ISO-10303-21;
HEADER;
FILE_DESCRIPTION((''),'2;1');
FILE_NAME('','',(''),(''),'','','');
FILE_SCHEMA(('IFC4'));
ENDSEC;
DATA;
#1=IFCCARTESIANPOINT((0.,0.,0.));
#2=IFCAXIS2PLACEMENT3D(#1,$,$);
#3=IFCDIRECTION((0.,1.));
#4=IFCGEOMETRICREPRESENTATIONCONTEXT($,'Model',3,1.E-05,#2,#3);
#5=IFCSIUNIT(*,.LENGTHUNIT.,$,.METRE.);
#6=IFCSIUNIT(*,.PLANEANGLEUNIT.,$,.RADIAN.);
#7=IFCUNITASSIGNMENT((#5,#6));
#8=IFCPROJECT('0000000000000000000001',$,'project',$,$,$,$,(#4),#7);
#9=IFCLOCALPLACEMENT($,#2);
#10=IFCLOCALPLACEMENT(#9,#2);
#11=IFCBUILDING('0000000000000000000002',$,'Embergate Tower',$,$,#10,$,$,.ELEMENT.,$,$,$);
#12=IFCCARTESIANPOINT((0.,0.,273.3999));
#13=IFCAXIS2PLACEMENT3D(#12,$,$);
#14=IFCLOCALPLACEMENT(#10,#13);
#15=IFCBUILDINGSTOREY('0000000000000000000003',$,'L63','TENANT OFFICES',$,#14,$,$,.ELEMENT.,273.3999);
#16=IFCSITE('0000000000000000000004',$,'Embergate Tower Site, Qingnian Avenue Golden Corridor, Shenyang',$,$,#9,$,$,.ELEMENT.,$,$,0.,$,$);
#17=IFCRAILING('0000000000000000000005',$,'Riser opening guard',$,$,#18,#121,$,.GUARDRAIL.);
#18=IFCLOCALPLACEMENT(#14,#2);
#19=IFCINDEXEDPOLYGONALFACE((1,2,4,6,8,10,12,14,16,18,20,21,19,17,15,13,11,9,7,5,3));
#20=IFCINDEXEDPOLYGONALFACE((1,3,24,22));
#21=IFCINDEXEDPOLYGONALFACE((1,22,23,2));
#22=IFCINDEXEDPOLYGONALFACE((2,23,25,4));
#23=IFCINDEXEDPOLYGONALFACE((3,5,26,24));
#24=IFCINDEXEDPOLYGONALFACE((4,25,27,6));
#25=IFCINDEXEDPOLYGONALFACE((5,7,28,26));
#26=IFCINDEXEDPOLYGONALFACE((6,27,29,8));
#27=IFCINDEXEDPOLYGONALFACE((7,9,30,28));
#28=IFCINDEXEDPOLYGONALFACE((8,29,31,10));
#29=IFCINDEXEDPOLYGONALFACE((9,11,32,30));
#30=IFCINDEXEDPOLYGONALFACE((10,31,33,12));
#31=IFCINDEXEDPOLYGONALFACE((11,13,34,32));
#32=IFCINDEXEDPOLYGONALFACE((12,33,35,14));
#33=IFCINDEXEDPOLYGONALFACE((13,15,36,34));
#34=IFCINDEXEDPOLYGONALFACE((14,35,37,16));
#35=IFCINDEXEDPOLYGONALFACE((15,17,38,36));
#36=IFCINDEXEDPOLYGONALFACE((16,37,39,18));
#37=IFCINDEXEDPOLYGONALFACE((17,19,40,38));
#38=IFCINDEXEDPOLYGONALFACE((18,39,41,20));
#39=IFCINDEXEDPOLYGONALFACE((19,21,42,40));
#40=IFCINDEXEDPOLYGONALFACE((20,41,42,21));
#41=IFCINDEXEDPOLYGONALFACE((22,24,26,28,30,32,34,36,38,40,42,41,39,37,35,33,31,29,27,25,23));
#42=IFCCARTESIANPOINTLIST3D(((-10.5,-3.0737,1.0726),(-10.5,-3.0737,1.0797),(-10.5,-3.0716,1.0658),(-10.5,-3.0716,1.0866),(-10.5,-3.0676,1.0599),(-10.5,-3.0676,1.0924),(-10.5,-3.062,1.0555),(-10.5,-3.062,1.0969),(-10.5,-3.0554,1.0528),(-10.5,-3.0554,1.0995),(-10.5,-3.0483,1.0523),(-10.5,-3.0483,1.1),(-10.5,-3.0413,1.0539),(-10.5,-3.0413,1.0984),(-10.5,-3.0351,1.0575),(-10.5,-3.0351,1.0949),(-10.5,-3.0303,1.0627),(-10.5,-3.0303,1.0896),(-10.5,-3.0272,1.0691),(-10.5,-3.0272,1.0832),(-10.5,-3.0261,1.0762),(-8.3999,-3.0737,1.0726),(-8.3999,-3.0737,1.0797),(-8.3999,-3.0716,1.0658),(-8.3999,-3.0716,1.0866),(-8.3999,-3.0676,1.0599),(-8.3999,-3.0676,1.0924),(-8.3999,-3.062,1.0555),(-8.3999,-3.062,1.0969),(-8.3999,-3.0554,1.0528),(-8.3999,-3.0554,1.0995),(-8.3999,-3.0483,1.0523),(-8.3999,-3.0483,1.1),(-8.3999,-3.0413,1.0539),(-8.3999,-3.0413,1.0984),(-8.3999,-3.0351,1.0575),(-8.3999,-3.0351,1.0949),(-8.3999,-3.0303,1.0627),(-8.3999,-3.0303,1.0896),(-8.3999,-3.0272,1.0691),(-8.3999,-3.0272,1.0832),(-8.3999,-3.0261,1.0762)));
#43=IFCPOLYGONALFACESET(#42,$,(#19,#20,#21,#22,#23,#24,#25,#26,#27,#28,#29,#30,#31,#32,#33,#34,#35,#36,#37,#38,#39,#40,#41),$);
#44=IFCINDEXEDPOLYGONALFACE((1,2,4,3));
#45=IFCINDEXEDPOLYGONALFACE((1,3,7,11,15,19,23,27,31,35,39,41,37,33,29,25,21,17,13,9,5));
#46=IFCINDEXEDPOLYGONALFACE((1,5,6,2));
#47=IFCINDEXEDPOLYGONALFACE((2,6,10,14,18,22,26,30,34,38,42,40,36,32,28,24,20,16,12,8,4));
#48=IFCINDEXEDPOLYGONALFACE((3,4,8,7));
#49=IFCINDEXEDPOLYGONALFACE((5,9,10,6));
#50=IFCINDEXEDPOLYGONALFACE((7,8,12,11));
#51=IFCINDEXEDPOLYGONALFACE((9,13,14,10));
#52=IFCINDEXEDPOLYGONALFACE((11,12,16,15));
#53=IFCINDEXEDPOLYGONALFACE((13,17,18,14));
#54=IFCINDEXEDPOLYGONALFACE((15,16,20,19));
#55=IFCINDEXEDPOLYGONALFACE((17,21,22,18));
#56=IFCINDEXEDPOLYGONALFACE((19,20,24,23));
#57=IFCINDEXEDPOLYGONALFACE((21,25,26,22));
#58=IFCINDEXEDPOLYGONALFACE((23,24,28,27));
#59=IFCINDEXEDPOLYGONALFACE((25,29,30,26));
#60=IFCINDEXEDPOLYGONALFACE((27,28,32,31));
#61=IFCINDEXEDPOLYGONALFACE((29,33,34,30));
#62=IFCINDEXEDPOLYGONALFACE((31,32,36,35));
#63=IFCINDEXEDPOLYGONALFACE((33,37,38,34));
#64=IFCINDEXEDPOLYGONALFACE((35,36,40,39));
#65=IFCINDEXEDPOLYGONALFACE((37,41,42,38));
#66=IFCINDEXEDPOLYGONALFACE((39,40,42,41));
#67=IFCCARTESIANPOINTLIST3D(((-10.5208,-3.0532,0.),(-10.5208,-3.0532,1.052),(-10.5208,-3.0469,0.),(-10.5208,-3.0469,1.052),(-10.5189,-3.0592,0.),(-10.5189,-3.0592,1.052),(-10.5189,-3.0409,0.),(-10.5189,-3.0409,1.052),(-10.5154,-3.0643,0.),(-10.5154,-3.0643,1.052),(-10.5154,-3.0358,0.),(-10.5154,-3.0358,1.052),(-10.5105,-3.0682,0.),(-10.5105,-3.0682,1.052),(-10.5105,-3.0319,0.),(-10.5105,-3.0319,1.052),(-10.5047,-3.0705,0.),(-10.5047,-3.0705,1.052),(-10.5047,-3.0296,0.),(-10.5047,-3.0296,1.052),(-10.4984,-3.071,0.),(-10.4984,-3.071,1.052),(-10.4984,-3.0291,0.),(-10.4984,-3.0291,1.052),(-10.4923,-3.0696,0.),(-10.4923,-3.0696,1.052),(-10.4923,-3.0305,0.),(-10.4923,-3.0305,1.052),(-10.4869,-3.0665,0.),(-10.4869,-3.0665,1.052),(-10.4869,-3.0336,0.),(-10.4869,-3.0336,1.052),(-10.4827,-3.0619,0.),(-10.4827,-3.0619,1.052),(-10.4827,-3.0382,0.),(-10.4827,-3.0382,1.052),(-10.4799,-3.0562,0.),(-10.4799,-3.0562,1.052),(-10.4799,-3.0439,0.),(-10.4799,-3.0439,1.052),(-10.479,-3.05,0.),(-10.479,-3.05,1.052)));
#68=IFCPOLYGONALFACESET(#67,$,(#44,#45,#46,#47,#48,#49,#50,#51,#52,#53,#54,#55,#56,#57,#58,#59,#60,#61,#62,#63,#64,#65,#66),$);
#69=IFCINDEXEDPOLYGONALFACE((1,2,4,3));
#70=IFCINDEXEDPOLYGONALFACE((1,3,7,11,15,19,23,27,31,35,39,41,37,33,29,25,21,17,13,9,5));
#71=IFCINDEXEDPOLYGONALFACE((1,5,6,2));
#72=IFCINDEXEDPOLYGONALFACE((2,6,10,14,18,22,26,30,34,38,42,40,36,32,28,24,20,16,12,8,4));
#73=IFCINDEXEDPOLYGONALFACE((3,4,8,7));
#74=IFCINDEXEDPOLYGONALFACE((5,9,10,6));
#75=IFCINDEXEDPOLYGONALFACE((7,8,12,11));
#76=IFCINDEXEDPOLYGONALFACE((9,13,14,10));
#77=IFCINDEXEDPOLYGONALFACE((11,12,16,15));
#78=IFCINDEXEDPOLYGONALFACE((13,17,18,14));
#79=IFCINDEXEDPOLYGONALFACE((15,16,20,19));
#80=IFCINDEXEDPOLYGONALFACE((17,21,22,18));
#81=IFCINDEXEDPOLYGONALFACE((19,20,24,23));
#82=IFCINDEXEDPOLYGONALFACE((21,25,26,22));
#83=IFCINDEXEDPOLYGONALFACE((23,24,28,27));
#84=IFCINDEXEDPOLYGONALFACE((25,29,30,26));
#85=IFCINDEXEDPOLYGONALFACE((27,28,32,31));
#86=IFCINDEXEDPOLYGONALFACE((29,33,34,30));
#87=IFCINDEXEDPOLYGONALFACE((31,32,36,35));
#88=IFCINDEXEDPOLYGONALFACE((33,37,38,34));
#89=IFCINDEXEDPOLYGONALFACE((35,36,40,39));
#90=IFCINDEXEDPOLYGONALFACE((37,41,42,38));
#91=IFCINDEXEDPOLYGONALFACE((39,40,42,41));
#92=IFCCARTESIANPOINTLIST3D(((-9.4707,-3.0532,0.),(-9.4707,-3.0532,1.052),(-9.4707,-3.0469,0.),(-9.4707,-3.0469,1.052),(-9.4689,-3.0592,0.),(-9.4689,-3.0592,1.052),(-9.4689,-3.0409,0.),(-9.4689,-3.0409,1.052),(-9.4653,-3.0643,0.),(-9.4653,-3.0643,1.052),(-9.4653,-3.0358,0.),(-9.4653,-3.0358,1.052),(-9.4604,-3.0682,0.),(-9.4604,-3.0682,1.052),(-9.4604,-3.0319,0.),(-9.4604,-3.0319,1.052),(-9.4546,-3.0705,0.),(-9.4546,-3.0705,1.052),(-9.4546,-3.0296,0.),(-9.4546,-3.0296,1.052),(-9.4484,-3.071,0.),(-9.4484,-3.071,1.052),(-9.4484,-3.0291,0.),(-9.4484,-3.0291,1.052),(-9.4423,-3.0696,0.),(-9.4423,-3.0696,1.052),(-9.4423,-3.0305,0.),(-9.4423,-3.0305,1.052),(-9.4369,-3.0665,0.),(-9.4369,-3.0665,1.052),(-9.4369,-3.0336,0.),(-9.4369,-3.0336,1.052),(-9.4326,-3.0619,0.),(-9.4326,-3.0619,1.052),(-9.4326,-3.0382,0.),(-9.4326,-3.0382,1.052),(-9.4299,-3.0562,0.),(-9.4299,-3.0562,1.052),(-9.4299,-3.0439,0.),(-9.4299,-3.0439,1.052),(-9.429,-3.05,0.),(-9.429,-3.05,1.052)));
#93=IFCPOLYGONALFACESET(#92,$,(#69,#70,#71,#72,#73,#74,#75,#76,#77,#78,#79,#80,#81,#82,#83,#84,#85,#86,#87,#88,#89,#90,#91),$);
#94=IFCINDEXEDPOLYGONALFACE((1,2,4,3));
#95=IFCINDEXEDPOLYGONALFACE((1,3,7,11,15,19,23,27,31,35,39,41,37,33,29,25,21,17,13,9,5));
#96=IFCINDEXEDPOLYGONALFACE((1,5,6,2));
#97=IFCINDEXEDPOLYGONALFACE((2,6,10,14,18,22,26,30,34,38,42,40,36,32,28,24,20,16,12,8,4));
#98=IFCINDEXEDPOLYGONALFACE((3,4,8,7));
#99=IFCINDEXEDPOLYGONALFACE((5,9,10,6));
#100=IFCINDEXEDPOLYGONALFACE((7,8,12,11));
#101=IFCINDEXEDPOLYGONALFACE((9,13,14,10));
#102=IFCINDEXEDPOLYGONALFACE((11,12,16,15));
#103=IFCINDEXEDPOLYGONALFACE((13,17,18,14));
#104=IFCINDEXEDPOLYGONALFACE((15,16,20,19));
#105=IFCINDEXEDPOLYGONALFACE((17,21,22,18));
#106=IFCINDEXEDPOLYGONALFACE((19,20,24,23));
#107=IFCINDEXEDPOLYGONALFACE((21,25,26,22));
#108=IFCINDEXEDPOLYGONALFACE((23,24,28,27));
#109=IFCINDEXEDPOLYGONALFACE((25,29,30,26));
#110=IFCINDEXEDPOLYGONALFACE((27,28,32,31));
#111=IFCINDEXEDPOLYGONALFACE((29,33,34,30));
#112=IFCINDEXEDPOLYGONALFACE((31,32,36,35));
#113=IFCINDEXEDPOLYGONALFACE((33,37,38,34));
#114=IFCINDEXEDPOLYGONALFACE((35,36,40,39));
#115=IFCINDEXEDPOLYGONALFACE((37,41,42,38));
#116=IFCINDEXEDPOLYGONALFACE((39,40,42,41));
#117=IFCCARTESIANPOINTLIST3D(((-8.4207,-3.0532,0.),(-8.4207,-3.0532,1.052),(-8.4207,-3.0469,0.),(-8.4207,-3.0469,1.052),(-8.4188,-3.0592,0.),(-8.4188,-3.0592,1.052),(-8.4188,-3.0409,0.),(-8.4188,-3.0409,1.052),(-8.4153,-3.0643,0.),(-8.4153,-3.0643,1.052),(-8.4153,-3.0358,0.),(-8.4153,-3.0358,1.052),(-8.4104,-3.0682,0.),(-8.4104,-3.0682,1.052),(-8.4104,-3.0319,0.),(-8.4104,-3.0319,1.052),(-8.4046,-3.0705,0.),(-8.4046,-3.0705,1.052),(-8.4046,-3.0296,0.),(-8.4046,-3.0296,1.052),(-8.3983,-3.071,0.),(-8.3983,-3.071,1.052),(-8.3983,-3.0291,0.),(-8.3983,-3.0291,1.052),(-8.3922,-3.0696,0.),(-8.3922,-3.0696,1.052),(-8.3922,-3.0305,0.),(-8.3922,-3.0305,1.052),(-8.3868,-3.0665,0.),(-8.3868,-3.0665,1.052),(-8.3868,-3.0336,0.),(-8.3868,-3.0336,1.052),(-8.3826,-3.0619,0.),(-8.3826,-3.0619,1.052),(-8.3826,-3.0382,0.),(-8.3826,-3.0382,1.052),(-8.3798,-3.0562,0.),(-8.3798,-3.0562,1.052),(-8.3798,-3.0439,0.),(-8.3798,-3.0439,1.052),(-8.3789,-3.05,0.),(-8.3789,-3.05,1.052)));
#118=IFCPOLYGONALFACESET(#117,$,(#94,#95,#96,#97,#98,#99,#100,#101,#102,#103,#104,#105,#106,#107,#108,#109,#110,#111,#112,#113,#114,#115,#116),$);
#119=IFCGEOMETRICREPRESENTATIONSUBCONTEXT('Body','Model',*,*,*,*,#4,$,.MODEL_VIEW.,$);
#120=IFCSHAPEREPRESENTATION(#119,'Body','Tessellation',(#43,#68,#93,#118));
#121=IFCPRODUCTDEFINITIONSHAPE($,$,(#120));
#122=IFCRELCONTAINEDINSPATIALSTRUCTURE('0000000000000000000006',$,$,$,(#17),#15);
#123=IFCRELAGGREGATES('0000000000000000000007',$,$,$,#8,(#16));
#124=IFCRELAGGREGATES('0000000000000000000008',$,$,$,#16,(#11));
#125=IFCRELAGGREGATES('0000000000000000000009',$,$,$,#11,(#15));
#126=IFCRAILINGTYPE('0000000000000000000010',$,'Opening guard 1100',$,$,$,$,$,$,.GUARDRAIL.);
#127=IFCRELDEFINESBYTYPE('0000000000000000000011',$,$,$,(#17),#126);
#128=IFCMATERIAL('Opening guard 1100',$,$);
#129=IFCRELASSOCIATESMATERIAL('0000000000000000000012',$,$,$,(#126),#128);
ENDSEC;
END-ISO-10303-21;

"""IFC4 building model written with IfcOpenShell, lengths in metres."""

from ifc_helpers import new_model, si_unit, direction, frame, origin, origin_2d, place, context, subcontext, project, spatial, circle, extrude, source, transform, mapped, material, type_object, element, save


model = new_model("IFC4")

# Units and contexts
model_context = context("Model", 3, precision=1e-05, world=origin(), true_north=direction((0.0, 1.0)))
body_context = subcontext(model_context, "Body", "Model", "MODEL_VIEW")
ifc_project = project(units=[si_unit("LENGTHUNIT", "METRE"), si_unit("PLANEANGLEUNIT", "RADIAN")], contexts=[model_context])

# Site, building, storey
site_placement = place(None, origin())
site = spatial("IfcSite", under=ifc_project, at=site_placement, Name="Embergate Tower Site, Qingnian Avenue Golden Corridor, Shenyang", CompositionType="ELEMENT", RefElevation=0.0)
building_placement = place(site_placement, origin())
building = spatial("IfcBuilding", under=site, at=building_placement, Name="Embergate Tower", CompositionType="ELEMENT")
storey_placement = place(building_placement, frame((0.0, 0.0, 273.3999)))
storey = spatial("IfcBuildingStorey", under=building, at=storey_placement, Name="L63", Description="TENANT OFFICES", CompositionType="ELEMENT", Elevation=273.3999)

# Railing
ifc_material_1 = material(Name="Opening guard 1100")
railing_type = type_object("IfcRailingType", Name="Opening guard 1100", PredefinedType="GUARDRAIL", material=ifc_material_1)
shared_shape_1 = source(origin(), body_context, "Body", "SweptSolid", [
    extrude(circle(Radius=0.0239, at=origin_2d()), frame((0.0, 0.0, 1.0762), z_axis=(1.0, 0.0, 0.0), x_axis=(0.0, 1.0, 0.0)), (0.0, 0.0, 1.0), 2.1001),
    extrude(circle(Radius=0.021, at=origin_2d()), origin(), (0.0, 0.0, 1.0), 1.052),
    extrude(circle(Radius=0.021, at=origin_2d()), frame((1.05, 0.0, 0.0)), (0.0, 0.0, 1.0), 1.052),
    extrude(circle(Radius=0.021, at=origin_2d()), frame((2.1001, 0.0, 0.0)), (0.0, 0.0, 1.0), 1.052),
])
railing_placement = place(storey_placement, frame((-10.5, -3.05, 0.0)))
element("IfcRailing", 1, at=railing_placement, inside=storey, type_object=railing_type, Name="Riser opening guard", PredefinedType="GUARDRAIL", context=body_context, shape_type="MappedRepresentation", body=[
    mapped(shared_shape_1, transform((0.0, 0.0, 0.0))),
])

save(model, "model.ifc")
